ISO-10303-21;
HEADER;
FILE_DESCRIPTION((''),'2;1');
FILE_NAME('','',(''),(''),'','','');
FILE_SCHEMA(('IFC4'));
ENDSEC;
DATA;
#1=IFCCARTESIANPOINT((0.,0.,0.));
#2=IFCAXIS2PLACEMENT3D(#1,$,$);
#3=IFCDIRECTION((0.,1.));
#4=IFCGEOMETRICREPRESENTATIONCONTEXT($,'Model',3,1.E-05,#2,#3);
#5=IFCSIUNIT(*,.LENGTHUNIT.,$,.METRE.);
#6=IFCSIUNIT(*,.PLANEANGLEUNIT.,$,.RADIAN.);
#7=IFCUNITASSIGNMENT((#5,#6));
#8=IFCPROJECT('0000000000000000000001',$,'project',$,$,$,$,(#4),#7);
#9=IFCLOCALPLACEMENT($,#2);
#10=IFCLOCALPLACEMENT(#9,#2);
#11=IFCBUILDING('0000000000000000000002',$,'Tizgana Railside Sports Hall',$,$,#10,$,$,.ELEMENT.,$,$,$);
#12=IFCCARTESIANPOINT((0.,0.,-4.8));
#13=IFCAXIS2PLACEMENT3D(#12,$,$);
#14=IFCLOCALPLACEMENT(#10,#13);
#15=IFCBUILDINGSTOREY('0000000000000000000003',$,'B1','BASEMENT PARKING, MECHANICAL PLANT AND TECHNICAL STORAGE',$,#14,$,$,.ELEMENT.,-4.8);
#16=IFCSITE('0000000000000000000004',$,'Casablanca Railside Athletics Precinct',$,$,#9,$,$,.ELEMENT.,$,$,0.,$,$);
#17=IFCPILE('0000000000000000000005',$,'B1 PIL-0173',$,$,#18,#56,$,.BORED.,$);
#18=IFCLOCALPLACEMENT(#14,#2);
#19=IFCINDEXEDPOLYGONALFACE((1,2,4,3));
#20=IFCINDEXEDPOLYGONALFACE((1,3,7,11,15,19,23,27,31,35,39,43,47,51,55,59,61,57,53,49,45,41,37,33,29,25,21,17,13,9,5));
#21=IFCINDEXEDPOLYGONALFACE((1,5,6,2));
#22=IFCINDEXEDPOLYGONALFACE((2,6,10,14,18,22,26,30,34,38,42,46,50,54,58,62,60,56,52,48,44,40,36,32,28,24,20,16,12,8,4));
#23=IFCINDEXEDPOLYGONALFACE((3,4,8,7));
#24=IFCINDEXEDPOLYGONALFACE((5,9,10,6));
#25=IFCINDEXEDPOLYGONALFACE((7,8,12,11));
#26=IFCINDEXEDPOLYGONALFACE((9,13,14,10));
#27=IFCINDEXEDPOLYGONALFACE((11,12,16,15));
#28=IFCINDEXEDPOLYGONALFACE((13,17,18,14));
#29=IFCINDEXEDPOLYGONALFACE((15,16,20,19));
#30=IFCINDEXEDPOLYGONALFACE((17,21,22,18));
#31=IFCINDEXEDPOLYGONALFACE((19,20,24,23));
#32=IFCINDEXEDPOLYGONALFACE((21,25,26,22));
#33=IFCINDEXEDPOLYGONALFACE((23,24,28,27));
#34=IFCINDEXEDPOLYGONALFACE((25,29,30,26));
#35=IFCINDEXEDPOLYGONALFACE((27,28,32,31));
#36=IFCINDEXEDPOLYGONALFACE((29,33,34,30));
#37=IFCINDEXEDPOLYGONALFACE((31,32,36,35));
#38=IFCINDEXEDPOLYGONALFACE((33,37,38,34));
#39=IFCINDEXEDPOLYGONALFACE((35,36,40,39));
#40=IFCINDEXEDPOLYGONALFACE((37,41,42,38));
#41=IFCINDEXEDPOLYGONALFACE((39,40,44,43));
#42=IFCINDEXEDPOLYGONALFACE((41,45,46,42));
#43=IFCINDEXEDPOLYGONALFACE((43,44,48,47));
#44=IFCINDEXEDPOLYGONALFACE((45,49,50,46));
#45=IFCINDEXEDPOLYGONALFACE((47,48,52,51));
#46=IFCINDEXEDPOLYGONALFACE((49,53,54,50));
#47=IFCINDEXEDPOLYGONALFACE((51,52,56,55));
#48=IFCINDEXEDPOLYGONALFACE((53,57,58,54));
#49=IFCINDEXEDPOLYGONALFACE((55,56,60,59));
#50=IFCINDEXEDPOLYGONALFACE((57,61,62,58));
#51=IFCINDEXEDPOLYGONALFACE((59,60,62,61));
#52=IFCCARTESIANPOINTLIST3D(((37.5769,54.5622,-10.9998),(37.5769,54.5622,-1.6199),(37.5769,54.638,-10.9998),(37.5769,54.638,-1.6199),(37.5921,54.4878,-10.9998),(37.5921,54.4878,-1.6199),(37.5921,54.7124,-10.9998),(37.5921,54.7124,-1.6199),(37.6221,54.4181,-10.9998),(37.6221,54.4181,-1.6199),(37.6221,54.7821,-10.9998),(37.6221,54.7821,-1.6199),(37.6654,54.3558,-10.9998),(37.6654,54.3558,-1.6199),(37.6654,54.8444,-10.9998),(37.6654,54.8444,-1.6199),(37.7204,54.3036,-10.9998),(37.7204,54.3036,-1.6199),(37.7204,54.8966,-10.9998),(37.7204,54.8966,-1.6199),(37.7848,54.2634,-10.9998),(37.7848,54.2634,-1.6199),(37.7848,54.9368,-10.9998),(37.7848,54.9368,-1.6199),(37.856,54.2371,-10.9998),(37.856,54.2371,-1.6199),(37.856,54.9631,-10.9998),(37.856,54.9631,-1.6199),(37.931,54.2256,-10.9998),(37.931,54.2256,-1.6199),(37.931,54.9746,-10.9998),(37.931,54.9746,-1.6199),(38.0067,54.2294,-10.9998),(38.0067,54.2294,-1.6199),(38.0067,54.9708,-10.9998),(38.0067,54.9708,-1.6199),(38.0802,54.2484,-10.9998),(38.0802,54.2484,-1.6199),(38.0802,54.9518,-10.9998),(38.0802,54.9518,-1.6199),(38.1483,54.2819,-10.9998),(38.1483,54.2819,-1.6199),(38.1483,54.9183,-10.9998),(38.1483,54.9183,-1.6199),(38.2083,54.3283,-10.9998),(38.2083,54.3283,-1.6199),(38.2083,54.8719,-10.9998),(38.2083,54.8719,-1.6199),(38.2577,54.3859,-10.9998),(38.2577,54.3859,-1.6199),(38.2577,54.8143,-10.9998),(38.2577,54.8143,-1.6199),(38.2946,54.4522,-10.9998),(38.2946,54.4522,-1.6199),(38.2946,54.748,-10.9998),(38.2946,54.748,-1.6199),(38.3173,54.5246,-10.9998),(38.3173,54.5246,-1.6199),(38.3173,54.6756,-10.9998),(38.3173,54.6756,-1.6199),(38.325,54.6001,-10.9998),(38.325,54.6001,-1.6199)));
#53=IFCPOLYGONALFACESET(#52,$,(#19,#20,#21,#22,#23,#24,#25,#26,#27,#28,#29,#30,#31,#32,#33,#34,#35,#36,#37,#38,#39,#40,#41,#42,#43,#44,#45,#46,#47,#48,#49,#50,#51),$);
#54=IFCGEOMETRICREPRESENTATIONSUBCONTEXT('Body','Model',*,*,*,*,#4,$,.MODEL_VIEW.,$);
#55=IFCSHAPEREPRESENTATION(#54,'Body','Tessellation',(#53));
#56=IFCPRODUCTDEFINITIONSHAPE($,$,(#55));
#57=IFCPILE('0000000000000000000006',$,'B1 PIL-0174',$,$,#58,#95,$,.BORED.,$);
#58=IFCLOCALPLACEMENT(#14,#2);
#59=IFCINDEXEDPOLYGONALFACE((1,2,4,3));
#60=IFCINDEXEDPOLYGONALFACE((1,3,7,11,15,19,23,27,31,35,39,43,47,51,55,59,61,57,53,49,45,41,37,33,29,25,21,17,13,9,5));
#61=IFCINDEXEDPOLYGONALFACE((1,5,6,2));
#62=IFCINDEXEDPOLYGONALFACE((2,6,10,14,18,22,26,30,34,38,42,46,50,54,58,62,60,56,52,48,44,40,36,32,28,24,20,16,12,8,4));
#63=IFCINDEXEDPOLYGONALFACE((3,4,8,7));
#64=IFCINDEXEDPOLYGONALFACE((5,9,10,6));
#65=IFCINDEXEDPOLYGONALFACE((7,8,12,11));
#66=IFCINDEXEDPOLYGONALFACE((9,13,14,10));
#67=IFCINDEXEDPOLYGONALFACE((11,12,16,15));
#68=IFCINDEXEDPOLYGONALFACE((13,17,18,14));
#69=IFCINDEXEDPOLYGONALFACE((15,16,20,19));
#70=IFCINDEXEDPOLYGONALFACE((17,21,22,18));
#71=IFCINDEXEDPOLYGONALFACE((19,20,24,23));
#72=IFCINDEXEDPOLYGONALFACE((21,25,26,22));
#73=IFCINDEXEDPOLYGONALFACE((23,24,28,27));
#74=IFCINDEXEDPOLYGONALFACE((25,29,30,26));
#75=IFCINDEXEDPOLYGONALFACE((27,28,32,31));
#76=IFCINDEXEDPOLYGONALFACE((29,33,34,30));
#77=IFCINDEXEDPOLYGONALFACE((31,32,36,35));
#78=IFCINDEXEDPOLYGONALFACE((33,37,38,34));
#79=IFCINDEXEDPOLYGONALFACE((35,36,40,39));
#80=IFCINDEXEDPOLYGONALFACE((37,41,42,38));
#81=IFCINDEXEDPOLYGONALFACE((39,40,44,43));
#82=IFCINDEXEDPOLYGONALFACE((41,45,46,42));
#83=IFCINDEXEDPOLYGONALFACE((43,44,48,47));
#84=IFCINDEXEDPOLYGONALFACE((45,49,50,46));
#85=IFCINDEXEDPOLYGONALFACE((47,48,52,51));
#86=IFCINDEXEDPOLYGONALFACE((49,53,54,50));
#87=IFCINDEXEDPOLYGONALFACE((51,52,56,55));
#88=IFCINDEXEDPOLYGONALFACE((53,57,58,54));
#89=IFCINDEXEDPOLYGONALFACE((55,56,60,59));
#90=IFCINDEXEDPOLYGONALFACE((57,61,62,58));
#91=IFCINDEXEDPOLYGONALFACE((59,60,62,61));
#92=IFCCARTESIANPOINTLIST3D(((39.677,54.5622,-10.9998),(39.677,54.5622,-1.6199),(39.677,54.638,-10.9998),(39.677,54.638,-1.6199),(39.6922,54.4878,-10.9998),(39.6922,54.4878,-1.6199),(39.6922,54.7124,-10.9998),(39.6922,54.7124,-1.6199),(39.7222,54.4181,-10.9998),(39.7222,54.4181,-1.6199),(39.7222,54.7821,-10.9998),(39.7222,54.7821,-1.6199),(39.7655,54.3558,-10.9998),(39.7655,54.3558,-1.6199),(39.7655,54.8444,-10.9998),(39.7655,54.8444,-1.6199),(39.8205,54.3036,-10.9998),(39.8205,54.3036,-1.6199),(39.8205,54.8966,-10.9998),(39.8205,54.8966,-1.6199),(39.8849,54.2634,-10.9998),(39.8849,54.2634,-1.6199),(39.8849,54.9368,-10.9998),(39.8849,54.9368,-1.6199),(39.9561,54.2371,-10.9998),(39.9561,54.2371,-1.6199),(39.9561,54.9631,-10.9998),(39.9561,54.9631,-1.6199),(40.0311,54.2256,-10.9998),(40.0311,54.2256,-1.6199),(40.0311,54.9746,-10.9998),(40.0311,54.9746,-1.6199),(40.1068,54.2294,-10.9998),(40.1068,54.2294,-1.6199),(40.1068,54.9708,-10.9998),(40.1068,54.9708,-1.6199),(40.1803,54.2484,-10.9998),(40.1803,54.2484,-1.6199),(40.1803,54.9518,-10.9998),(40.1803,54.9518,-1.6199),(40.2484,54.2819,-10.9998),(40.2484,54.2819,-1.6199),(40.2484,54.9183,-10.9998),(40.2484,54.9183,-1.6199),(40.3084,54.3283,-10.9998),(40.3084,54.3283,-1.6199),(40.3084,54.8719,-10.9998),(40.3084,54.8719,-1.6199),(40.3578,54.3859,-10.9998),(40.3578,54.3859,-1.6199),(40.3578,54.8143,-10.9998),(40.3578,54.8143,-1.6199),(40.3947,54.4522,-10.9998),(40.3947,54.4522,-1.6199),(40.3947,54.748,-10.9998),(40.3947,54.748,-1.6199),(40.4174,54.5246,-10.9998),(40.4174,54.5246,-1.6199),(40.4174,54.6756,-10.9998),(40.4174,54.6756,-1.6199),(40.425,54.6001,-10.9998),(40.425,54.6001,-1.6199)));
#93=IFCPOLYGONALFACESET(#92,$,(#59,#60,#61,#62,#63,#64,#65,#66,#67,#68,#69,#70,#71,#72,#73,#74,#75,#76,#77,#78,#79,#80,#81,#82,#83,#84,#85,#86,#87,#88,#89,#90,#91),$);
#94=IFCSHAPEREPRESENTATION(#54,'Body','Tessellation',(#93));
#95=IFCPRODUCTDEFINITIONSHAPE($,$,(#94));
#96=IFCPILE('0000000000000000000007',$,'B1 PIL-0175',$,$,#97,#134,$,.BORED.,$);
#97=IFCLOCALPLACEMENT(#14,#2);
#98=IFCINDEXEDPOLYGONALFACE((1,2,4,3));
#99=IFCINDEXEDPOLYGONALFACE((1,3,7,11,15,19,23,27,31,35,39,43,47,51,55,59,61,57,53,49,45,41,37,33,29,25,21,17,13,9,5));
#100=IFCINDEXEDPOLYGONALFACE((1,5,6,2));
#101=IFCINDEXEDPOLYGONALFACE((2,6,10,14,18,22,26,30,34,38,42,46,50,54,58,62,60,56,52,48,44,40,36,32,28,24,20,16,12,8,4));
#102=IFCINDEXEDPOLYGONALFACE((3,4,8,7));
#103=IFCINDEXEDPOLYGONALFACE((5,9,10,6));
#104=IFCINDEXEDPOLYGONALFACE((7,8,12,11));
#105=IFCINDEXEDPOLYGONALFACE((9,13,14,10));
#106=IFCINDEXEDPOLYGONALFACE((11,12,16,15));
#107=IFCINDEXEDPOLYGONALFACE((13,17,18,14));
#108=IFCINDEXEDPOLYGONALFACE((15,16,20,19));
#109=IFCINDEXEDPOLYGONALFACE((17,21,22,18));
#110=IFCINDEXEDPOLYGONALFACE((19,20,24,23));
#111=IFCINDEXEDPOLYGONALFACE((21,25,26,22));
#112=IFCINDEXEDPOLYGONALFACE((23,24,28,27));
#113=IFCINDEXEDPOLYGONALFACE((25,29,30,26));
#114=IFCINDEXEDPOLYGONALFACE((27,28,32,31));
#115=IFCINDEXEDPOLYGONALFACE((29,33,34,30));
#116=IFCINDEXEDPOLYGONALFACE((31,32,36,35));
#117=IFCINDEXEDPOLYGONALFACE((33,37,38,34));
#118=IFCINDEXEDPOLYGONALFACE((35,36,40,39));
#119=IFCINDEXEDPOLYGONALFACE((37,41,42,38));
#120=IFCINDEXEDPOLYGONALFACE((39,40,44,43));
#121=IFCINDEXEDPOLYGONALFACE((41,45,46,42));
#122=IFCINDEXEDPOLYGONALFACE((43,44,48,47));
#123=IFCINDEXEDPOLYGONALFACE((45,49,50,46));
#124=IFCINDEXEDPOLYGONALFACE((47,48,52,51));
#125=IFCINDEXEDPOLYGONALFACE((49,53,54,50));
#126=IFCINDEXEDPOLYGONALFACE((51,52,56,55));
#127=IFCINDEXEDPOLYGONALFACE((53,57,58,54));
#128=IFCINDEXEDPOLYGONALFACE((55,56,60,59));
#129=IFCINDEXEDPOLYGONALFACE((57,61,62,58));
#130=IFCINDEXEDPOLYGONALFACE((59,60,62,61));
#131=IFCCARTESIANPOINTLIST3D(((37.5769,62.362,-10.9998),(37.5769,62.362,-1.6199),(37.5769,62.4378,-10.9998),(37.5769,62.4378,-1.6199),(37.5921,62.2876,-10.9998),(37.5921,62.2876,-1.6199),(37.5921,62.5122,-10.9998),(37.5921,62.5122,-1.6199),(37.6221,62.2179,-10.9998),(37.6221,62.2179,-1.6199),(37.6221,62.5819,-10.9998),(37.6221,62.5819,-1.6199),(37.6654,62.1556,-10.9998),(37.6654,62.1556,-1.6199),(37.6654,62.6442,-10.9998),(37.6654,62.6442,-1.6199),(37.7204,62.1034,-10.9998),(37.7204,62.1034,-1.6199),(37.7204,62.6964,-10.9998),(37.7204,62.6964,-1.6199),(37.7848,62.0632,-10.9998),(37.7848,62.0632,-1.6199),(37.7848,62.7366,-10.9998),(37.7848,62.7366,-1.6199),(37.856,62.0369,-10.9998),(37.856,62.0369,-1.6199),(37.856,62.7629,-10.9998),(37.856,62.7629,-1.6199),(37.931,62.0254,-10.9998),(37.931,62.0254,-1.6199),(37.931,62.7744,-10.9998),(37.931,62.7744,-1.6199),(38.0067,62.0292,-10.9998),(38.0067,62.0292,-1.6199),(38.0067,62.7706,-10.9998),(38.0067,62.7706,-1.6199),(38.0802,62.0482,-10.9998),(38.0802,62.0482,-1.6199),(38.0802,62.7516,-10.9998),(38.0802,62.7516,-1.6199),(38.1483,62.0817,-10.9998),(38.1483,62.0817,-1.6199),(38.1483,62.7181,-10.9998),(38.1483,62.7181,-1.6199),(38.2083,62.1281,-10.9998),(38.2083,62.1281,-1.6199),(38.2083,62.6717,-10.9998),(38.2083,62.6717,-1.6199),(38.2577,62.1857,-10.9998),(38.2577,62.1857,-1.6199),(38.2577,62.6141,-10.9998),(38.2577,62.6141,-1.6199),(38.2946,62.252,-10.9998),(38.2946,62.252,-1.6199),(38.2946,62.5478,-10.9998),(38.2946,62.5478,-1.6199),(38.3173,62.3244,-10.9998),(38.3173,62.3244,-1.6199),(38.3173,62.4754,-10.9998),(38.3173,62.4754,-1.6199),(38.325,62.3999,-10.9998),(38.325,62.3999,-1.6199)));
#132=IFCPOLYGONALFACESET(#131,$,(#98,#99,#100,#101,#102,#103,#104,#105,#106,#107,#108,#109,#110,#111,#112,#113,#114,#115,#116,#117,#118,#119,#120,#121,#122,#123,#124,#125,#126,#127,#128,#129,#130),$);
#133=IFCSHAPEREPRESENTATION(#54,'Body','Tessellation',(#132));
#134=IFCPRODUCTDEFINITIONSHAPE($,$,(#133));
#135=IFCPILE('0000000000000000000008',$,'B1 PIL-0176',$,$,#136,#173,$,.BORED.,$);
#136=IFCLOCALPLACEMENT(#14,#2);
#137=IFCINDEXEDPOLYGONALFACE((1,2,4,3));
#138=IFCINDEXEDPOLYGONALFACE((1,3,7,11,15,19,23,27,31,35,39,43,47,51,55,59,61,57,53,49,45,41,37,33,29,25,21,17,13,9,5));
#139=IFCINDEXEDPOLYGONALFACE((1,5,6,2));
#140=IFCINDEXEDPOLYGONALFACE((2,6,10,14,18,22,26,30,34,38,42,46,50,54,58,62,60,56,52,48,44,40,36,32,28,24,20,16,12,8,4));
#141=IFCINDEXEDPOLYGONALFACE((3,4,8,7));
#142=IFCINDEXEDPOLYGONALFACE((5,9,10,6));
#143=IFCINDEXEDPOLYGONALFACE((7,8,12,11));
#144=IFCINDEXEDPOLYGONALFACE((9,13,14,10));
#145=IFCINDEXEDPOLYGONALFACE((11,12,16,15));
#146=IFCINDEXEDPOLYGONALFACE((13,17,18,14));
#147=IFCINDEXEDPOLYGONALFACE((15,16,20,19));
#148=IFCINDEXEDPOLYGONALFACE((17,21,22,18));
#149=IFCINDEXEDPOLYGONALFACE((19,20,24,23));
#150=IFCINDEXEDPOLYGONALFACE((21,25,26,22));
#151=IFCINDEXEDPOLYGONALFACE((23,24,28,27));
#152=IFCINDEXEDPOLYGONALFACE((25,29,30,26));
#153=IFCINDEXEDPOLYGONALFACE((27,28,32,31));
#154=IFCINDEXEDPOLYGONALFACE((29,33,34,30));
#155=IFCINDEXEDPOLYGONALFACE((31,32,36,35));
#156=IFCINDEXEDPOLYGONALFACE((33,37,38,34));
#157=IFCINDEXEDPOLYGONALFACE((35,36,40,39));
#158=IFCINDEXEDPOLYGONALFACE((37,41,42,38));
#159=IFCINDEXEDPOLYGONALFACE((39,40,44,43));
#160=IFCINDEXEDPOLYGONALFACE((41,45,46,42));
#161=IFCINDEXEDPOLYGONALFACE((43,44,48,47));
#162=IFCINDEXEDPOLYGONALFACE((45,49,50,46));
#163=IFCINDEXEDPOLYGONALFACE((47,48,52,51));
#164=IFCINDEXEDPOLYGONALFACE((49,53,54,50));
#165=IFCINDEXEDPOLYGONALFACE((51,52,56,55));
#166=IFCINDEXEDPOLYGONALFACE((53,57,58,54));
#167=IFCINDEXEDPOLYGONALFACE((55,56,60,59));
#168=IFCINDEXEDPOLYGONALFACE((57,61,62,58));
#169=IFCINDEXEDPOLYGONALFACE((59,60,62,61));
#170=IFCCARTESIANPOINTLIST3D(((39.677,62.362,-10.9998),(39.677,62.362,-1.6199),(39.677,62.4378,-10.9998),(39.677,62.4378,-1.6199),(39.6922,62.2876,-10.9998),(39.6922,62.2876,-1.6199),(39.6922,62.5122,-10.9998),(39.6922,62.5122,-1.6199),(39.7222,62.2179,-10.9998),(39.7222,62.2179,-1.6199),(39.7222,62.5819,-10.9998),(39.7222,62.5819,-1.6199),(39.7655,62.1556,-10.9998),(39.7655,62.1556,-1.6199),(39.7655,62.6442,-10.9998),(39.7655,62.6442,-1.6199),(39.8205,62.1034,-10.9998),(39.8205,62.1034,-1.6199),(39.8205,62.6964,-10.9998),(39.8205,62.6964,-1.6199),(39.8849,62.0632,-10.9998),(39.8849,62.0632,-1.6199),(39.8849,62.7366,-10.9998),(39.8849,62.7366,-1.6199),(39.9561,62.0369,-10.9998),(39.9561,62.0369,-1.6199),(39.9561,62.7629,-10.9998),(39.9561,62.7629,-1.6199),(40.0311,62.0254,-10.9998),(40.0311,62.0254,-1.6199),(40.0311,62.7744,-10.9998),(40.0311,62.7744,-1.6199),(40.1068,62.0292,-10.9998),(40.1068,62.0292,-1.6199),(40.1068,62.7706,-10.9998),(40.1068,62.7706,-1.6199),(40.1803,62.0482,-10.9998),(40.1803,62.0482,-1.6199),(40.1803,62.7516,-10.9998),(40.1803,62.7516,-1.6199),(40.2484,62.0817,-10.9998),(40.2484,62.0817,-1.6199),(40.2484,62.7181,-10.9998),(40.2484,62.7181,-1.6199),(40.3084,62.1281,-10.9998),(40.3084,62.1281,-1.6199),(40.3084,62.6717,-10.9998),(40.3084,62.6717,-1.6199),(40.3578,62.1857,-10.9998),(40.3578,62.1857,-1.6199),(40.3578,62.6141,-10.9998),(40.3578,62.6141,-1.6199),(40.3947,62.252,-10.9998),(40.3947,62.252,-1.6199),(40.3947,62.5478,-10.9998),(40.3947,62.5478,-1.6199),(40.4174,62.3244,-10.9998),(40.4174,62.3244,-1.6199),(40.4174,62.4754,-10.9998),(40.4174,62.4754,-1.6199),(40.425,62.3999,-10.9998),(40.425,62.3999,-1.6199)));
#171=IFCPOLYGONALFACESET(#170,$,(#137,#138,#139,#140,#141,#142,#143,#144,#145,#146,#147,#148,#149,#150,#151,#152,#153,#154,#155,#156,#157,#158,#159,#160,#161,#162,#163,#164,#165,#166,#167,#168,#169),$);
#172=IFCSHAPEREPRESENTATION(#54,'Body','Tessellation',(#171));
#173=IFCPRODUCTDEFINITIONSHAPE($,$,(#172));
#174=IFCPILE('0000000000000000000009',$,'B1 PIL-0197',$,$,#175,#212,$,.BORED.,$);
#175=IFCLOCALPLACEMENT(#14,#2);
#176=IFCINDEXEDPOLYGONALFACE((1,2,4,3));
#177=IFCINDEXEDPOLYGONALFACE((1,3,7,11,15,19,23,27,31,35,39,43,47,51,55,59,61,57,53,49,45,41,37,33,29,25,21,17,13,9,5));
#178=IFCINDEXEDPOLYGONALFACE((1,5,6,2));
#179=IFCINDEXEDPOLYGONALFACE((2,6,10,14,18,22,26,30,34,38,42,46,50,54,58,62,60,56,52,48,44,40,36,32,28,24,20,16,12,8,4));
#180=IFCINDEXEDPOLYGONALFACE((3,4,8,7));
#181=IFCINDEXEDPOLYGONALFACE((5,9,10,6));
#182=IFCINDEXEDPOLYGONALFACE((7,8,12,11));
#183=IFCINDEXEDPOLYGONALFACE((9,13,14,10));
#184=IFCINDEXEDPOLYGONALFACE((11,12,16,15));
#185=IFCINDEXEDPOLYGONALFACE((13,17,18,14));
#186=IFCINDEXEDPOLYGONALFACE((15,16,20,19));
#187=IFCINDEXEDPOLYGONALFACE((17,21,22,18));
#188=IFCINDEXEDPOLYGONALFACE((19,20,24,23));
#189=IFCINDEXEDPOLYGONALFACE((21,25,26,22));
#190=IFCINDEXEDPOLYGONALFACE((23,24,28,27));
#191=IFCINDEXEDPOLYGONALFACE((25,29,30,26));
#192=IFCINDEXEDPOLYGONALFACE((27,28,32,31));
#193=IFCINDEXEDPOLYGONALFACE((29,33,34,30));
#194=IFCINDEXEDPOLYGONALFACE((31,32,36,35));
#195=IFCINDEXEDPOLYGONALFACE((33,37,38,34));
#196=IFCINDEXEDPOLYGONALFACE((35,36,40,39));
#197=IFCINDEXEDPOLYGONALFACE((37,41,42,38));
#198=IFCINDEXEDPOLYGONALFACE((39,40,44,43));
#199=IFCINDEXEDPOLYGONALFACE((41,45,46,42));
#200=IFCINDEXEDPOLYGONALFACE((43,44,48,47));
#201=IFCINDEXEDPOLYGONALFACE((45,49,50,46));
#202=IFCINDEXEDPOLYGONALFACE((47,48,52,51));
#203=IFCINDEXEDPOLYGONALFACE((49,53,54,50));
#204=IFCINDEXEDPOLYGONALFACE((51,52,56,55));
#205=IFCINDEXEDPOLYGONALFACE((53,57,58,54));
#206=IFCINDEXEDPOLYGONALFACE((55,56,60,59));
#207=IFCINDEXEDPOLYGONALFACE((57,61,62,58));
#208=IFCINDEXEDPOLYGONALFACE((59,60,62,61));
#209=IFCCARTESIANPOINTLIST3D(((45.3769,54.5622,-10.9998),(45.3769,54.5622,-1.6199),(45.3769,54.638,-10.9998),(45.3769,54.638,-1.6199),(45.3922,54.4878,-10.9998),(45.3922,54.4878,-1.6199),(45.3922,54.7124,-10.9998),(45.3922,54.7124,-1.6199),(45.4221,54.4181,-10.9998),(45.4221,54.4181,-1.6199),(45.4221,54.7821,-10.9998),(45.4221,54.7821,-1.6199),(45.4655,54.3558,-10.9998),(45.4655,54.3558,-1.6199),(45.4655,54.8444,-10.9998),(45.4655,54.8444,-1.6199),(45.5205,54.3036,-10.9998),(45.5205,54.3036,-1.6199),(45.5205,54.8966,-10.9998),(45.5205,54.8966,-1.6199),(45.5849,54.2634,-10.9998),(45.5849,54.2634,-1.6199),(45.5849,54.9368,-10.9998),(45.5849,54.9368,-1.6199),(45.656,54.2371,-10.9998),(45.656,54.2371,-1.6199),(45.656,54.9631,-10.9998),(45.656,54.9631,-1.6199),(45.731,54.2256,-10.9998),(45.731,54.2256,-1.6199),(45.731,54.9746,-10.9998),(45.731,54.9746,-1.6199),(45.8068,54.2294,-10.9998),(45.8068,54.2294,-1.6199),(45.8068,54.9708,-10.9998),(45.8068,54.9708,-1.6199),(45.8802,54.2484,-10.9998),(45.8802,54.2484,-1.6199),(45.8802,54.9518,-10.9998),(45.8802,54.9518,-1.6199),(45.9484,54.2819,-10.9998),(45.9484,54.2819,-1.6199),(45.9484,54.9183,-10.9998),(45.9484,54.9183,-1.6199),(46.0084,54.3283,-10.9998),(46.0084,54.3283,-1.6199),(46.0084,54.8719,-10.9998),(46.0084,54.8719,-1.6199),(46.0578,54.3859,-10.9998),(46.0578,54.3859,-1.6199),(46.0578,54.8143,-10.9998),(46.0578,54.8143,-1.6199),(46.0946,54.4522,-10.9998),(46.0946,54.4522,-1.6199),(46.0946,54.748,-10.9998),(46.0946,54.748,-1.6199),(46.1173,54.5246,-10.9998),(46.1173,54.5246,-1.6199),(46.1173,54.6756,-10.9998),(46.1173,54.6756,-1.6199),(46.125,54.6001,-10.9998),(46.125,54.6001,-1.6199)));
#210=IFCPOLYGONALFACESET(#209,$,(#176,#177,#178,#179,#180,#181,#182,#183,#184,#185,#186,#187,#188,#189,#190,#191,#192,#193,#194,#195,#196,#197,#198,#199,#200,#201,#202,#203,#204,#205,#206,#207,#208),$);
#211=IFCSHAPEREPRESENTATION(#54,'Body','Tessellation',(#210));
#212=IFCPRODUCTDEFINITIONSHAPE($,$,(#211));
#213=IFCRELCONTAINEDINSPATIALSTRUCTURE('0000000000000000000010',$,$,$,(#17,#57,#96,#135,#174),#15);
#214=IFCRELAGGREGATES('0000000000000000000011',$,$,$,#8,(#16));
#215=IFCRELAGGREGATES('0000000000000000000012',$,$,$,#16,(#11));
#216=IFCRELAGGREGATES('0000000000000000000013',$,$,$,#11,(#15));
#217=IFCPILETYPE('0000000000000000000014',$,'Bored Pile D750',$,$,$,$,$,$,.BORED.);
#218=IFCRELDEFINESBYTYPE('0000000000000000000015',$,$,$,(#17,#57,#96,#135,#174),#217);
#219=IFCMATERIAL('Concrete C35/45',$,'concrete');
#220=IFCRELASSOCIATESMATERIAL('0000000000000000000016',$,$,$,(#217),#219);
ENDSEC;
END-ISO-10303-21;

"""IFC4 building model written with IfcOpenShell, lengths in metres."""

from ifc_helpers import new_model, si_unit, direction, frame, origin, origin_2d, place, context, subcontext, project, spatial, circle, extrude, material, material_profile, profile_set, type_object, element, save


model = new_model("IFC4")

# Units and contexts
model_context = context("Model", 3, precision=1e-05, world=origin(), true_north=direction((0.0, 1.0)))
body_context = subcontext(model_context, "Body", "Model", "MODEL_VIEW")
ifc_project = project(units=[si_unit("LENGTHUNIT", "METRE"), si_unit("PLANEANGLEUNIT", "RADIAN")], contexts=[model_context])

# Site, building, storey
site_placement = place(None, origin())
site = spatial("IfcSite", under=ifc_project, at=site_placement, Name="Casablanca Railside Athletics Precinct", CompositionType="ELEMENT", RefElevation=0.0)
building_placement = place(site_placement, origin())
building = spatial("IfcBuilding", under=site, at=building_placement, Name="Tizgana Railside Sports Hall", CompositionType="ELEMENT")
storey_placement = place(building_placement, frame((0.0, 0.0, -4.8)))
storey = spatial("IfcBuildingStorey", under=building, at=storey_placement, Name="B1", Description="BASEMENT PARKING, MECHANICAL PLANT AND TECHNICAL STORAGE", CompositionType="ELEMENT", Elevation=-4.8)

# Piles
ifc_material_1 = material(Name="Concrete C35/45", Category="concrete")
ifc_material_profile_1 = material_profile(ifc_material_1, circle(Radius=0.375, at=origin_2d()), Name="PILE D750")
ifc_profile_set_1 = profile_set([ifc_material_profile_1], Name="Concrete C35/45")
pile_type = type_object("IfcPileType", Name="Bored Pile D750", PredefinedType="BORED", material=ifc_profile_set_1)
for number, where, z_axis, x_axis, name in (
    (1, (37.95, 54.6001, -1.6199), (0.0, 0.0, -1.0), (1.0, 0.0, 0.0), "B1 PIL-0173"),
    (2, (40.05, 54.6001, -1.6199), (0.0, 0.0, -1.0), (1.0, 0.0, 0.0), "B1 PIL-0174"),
    (3, (37.95, 62.3999, -1.6199), (0.0, 0.0, -1.0), (1.0, 0.0, 0.0), "B1 PIL-0175"),
    (4, (40.05, 62.3999, -1.6199), (0.0, 0.0, -1.0), (1.0, 0.0, 0.0), "B1 PIL-0176"),
    (5, (45.75, 54.6001, -1.6199), (0.0, 0.0, -1.0), (1.0, 0.0, 0.0), "B1 PIL-0197"),
):
    element("IfcPile", number, at=place(storey_placement, frame(where, z_axis=z_axis, x_axis=x_axis)), inside=storey, type_object=pile_type, Name=name, PredefinedType="BORED", context=body_context, shape_type="SweptSolid", body=[
        extrude(circle(Radius=0.375, at=origin_2d()), origin(), (0.0, 0.0, 1.0), 9.3799),
    ])

save(model, "model.ifc")
